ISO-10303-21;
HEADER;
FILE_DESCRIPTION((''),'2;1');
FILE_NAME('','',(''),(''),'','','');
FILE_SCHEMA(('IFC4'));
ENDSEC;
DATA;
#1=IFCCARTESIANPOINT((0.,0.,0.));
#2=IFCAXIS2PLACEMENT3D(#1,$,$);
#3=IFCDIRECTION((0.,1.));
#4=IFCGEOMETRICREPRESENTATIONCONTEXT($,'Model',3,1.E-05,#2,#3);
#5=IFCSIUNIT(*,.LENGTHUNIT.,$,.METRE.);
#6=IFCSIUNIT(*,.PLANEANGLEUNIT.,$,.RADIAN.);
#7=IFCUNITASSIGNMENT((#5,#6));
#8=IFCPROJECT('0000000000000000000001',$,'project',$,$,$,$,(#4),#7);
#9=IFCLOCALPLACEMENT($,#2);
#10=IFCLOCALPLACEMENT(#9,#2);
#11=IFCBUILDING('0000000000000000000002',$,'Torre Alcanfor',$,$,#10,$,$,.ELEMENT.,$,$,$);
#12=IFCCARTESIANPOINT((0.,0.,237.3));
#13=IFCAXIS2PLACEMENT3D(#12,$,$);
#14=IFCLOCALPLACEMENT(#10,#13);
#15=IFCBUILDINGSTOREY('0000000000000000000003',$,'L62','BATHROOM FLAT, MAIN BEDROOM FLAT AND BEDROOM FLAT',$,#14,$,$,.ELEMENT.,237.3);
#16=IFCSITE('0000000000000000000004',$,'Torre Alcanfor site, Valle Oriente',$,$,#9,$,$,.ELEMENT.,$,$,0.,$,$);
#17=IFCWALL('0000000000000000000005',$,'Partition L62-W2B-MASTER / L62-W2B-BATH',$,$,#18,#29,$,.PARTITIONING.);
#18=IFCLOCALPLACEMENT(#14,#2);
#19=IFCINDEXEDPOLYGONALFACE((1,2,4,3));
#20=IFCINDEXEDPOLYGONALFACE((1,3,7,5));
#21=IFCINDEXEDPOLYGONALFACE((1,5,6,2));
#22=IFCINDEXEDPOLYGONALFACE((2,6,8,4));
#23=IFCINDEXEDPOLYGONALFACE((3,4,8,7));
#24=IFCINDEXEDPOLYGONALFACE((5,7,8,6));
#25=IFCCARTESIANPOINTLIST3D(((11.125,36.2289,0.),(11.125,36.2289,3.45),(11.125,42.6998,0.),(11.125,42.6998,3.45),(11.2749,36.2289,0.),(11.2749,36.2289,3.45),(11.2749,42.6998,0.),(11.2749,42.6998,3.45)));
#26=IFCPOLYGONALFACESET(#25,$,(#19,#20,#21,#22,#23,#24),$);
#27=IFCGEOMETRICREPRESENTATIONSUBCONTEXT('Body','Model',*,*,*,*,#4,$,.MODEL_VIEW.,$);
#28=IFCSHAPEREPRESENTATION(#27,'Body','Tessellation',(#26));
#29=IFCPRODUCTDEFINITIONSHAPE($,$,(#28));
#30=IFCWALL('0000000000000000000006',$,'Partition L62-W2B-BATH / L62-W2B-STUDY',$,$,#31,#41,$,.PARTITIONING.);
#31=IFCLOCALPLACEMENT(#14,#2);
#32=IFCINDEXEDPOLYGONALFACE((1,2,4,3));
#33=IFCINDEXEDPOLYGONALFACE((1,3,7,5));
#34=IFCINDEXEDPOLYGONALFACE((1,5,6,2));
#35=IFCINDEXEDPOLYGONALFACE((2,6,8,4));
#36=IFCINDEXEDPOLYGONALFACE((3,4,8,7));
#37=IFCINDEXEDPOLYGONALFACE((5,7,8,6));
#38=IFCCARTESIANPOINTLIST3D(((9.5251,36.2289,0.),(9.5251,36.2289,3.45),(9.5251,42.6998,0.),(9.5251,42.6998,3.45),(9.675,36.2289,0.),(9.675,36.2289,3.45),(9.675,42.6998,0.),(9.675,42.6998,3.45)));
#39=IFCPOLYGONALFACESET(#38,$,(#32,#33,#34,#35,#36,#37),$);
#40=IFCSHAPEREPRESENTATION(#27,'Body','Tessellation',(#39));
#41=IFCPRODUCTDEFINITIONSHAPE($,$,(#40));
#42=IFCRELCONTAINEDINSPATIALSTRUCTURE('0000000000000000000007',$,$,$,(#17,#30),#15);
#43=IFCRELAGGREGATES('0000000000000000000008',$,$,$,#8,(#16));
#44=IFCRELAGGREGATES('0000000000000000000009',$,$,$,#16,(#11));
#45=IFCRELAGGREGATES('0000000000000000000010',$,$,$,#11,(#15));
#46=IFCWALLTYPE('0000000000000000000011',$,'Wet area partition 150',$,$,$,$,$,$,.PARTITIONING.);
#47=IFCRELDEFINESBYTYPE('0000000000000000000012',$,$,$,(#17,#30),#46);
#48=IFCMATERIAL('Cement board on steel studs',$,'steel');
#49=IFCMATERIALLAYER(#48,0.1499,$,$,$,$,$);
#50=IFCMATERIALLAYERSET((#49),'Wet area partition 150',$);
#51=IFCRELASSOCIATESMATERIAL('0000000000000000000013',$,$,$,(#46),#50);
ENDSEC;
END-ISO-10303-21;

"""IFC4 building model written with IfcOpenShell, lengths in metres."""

from ifc_helpers import new_model, si_unit, direction, frame, frame_2d, origin, place, context, subcontext, project, spatial, rectangle, extrude, material, layer, layer_set, type_object, element, save


model = new_model("IFC4")

# Units and contexts
model_context = context("Model", 3, precision=1e-05, world=origin(), true_north=direction((0.0, 1.0)))
body_context = subcontext(model_context, "Body", "Model", "MODEL_VIEW")
ifc_project = project(units=[si_unit("LENGTHUNIT", "METRE"), si_unit("PLANEANGLEUNIT", "RADIAN")], contexts=[model_context])

# Site, building, storey
site_placement = place(None, origin())
site = spatial("IfcSite", under=ifc_project, at=site_placement, Name="Torre Alcanfor site, Valle Oriente", CompositionType="ELEMENT", RefElevation=0.0)
building_placement = place(site_placement, origin())
building = spatial("IfcBuilding", under=site, at=building_placement, Name="Torre Alcanfor", CompositionType="ELEMENT")
storey_placement = place(building_placement, frame((0.0, 0.0, 237.3)))
storey = spatial("IfcBuildingStorey", under=building, at=storey_placement, Name="L62", Description="BATHROOM FLAT, MAIN BEDROOM FLAT AND BEDROOM FLAT", CompositionType="ELEMENT", Elevation=237.3)

# Shared definitions
ifc_material_1 = material(Name="Cement board on steel studs", Category="steel")
ifc_layer_1 = layer(ifc_material_1, 0.1499)
ifc_layer_set_1 = layer_set([ifc_layer_1], Name="Wet area partition 150")
wall_type_1 = type_object("IfcWallType", Name="Wet area partition 150", PredefinedType="PARTITIONING", material=ifc_layer_set_1)

# Walls
for number, where, z_axis, x_axis, name in (
    (1, (11.2, 36.229, 0.0), (0.0, 0.0, 1.0), (0.0, 1.0, 0.0), "Partition L62-W2B-MASTER / L62-W2B-BATH"),
    (2, (9.6001, 36.229, 0.0), (0.0, 0.0, 1.0), (0.0, 1.0, 0.0), "Partition L62-W2B-BATH / L62-W2B-STUDY"),
):
    element("IfcWall", number, at=place(storey_placement, frame(where, z_axis=z_axis, x_axis=x_axis)), inside=storey, type_object=wall_type_1, Name=name, PredefinedType="PARTITIONING", context=body_context, shape_type="SweptSolid", body=[
        extrude(rectangle(XDim=6.4709, YDim=0.1499, at=frame_2d((3.2354, 0.0))), origin(), (0.0, 0.0, 1.0), 3.45),
    ])

save(model, "model.ifc")
